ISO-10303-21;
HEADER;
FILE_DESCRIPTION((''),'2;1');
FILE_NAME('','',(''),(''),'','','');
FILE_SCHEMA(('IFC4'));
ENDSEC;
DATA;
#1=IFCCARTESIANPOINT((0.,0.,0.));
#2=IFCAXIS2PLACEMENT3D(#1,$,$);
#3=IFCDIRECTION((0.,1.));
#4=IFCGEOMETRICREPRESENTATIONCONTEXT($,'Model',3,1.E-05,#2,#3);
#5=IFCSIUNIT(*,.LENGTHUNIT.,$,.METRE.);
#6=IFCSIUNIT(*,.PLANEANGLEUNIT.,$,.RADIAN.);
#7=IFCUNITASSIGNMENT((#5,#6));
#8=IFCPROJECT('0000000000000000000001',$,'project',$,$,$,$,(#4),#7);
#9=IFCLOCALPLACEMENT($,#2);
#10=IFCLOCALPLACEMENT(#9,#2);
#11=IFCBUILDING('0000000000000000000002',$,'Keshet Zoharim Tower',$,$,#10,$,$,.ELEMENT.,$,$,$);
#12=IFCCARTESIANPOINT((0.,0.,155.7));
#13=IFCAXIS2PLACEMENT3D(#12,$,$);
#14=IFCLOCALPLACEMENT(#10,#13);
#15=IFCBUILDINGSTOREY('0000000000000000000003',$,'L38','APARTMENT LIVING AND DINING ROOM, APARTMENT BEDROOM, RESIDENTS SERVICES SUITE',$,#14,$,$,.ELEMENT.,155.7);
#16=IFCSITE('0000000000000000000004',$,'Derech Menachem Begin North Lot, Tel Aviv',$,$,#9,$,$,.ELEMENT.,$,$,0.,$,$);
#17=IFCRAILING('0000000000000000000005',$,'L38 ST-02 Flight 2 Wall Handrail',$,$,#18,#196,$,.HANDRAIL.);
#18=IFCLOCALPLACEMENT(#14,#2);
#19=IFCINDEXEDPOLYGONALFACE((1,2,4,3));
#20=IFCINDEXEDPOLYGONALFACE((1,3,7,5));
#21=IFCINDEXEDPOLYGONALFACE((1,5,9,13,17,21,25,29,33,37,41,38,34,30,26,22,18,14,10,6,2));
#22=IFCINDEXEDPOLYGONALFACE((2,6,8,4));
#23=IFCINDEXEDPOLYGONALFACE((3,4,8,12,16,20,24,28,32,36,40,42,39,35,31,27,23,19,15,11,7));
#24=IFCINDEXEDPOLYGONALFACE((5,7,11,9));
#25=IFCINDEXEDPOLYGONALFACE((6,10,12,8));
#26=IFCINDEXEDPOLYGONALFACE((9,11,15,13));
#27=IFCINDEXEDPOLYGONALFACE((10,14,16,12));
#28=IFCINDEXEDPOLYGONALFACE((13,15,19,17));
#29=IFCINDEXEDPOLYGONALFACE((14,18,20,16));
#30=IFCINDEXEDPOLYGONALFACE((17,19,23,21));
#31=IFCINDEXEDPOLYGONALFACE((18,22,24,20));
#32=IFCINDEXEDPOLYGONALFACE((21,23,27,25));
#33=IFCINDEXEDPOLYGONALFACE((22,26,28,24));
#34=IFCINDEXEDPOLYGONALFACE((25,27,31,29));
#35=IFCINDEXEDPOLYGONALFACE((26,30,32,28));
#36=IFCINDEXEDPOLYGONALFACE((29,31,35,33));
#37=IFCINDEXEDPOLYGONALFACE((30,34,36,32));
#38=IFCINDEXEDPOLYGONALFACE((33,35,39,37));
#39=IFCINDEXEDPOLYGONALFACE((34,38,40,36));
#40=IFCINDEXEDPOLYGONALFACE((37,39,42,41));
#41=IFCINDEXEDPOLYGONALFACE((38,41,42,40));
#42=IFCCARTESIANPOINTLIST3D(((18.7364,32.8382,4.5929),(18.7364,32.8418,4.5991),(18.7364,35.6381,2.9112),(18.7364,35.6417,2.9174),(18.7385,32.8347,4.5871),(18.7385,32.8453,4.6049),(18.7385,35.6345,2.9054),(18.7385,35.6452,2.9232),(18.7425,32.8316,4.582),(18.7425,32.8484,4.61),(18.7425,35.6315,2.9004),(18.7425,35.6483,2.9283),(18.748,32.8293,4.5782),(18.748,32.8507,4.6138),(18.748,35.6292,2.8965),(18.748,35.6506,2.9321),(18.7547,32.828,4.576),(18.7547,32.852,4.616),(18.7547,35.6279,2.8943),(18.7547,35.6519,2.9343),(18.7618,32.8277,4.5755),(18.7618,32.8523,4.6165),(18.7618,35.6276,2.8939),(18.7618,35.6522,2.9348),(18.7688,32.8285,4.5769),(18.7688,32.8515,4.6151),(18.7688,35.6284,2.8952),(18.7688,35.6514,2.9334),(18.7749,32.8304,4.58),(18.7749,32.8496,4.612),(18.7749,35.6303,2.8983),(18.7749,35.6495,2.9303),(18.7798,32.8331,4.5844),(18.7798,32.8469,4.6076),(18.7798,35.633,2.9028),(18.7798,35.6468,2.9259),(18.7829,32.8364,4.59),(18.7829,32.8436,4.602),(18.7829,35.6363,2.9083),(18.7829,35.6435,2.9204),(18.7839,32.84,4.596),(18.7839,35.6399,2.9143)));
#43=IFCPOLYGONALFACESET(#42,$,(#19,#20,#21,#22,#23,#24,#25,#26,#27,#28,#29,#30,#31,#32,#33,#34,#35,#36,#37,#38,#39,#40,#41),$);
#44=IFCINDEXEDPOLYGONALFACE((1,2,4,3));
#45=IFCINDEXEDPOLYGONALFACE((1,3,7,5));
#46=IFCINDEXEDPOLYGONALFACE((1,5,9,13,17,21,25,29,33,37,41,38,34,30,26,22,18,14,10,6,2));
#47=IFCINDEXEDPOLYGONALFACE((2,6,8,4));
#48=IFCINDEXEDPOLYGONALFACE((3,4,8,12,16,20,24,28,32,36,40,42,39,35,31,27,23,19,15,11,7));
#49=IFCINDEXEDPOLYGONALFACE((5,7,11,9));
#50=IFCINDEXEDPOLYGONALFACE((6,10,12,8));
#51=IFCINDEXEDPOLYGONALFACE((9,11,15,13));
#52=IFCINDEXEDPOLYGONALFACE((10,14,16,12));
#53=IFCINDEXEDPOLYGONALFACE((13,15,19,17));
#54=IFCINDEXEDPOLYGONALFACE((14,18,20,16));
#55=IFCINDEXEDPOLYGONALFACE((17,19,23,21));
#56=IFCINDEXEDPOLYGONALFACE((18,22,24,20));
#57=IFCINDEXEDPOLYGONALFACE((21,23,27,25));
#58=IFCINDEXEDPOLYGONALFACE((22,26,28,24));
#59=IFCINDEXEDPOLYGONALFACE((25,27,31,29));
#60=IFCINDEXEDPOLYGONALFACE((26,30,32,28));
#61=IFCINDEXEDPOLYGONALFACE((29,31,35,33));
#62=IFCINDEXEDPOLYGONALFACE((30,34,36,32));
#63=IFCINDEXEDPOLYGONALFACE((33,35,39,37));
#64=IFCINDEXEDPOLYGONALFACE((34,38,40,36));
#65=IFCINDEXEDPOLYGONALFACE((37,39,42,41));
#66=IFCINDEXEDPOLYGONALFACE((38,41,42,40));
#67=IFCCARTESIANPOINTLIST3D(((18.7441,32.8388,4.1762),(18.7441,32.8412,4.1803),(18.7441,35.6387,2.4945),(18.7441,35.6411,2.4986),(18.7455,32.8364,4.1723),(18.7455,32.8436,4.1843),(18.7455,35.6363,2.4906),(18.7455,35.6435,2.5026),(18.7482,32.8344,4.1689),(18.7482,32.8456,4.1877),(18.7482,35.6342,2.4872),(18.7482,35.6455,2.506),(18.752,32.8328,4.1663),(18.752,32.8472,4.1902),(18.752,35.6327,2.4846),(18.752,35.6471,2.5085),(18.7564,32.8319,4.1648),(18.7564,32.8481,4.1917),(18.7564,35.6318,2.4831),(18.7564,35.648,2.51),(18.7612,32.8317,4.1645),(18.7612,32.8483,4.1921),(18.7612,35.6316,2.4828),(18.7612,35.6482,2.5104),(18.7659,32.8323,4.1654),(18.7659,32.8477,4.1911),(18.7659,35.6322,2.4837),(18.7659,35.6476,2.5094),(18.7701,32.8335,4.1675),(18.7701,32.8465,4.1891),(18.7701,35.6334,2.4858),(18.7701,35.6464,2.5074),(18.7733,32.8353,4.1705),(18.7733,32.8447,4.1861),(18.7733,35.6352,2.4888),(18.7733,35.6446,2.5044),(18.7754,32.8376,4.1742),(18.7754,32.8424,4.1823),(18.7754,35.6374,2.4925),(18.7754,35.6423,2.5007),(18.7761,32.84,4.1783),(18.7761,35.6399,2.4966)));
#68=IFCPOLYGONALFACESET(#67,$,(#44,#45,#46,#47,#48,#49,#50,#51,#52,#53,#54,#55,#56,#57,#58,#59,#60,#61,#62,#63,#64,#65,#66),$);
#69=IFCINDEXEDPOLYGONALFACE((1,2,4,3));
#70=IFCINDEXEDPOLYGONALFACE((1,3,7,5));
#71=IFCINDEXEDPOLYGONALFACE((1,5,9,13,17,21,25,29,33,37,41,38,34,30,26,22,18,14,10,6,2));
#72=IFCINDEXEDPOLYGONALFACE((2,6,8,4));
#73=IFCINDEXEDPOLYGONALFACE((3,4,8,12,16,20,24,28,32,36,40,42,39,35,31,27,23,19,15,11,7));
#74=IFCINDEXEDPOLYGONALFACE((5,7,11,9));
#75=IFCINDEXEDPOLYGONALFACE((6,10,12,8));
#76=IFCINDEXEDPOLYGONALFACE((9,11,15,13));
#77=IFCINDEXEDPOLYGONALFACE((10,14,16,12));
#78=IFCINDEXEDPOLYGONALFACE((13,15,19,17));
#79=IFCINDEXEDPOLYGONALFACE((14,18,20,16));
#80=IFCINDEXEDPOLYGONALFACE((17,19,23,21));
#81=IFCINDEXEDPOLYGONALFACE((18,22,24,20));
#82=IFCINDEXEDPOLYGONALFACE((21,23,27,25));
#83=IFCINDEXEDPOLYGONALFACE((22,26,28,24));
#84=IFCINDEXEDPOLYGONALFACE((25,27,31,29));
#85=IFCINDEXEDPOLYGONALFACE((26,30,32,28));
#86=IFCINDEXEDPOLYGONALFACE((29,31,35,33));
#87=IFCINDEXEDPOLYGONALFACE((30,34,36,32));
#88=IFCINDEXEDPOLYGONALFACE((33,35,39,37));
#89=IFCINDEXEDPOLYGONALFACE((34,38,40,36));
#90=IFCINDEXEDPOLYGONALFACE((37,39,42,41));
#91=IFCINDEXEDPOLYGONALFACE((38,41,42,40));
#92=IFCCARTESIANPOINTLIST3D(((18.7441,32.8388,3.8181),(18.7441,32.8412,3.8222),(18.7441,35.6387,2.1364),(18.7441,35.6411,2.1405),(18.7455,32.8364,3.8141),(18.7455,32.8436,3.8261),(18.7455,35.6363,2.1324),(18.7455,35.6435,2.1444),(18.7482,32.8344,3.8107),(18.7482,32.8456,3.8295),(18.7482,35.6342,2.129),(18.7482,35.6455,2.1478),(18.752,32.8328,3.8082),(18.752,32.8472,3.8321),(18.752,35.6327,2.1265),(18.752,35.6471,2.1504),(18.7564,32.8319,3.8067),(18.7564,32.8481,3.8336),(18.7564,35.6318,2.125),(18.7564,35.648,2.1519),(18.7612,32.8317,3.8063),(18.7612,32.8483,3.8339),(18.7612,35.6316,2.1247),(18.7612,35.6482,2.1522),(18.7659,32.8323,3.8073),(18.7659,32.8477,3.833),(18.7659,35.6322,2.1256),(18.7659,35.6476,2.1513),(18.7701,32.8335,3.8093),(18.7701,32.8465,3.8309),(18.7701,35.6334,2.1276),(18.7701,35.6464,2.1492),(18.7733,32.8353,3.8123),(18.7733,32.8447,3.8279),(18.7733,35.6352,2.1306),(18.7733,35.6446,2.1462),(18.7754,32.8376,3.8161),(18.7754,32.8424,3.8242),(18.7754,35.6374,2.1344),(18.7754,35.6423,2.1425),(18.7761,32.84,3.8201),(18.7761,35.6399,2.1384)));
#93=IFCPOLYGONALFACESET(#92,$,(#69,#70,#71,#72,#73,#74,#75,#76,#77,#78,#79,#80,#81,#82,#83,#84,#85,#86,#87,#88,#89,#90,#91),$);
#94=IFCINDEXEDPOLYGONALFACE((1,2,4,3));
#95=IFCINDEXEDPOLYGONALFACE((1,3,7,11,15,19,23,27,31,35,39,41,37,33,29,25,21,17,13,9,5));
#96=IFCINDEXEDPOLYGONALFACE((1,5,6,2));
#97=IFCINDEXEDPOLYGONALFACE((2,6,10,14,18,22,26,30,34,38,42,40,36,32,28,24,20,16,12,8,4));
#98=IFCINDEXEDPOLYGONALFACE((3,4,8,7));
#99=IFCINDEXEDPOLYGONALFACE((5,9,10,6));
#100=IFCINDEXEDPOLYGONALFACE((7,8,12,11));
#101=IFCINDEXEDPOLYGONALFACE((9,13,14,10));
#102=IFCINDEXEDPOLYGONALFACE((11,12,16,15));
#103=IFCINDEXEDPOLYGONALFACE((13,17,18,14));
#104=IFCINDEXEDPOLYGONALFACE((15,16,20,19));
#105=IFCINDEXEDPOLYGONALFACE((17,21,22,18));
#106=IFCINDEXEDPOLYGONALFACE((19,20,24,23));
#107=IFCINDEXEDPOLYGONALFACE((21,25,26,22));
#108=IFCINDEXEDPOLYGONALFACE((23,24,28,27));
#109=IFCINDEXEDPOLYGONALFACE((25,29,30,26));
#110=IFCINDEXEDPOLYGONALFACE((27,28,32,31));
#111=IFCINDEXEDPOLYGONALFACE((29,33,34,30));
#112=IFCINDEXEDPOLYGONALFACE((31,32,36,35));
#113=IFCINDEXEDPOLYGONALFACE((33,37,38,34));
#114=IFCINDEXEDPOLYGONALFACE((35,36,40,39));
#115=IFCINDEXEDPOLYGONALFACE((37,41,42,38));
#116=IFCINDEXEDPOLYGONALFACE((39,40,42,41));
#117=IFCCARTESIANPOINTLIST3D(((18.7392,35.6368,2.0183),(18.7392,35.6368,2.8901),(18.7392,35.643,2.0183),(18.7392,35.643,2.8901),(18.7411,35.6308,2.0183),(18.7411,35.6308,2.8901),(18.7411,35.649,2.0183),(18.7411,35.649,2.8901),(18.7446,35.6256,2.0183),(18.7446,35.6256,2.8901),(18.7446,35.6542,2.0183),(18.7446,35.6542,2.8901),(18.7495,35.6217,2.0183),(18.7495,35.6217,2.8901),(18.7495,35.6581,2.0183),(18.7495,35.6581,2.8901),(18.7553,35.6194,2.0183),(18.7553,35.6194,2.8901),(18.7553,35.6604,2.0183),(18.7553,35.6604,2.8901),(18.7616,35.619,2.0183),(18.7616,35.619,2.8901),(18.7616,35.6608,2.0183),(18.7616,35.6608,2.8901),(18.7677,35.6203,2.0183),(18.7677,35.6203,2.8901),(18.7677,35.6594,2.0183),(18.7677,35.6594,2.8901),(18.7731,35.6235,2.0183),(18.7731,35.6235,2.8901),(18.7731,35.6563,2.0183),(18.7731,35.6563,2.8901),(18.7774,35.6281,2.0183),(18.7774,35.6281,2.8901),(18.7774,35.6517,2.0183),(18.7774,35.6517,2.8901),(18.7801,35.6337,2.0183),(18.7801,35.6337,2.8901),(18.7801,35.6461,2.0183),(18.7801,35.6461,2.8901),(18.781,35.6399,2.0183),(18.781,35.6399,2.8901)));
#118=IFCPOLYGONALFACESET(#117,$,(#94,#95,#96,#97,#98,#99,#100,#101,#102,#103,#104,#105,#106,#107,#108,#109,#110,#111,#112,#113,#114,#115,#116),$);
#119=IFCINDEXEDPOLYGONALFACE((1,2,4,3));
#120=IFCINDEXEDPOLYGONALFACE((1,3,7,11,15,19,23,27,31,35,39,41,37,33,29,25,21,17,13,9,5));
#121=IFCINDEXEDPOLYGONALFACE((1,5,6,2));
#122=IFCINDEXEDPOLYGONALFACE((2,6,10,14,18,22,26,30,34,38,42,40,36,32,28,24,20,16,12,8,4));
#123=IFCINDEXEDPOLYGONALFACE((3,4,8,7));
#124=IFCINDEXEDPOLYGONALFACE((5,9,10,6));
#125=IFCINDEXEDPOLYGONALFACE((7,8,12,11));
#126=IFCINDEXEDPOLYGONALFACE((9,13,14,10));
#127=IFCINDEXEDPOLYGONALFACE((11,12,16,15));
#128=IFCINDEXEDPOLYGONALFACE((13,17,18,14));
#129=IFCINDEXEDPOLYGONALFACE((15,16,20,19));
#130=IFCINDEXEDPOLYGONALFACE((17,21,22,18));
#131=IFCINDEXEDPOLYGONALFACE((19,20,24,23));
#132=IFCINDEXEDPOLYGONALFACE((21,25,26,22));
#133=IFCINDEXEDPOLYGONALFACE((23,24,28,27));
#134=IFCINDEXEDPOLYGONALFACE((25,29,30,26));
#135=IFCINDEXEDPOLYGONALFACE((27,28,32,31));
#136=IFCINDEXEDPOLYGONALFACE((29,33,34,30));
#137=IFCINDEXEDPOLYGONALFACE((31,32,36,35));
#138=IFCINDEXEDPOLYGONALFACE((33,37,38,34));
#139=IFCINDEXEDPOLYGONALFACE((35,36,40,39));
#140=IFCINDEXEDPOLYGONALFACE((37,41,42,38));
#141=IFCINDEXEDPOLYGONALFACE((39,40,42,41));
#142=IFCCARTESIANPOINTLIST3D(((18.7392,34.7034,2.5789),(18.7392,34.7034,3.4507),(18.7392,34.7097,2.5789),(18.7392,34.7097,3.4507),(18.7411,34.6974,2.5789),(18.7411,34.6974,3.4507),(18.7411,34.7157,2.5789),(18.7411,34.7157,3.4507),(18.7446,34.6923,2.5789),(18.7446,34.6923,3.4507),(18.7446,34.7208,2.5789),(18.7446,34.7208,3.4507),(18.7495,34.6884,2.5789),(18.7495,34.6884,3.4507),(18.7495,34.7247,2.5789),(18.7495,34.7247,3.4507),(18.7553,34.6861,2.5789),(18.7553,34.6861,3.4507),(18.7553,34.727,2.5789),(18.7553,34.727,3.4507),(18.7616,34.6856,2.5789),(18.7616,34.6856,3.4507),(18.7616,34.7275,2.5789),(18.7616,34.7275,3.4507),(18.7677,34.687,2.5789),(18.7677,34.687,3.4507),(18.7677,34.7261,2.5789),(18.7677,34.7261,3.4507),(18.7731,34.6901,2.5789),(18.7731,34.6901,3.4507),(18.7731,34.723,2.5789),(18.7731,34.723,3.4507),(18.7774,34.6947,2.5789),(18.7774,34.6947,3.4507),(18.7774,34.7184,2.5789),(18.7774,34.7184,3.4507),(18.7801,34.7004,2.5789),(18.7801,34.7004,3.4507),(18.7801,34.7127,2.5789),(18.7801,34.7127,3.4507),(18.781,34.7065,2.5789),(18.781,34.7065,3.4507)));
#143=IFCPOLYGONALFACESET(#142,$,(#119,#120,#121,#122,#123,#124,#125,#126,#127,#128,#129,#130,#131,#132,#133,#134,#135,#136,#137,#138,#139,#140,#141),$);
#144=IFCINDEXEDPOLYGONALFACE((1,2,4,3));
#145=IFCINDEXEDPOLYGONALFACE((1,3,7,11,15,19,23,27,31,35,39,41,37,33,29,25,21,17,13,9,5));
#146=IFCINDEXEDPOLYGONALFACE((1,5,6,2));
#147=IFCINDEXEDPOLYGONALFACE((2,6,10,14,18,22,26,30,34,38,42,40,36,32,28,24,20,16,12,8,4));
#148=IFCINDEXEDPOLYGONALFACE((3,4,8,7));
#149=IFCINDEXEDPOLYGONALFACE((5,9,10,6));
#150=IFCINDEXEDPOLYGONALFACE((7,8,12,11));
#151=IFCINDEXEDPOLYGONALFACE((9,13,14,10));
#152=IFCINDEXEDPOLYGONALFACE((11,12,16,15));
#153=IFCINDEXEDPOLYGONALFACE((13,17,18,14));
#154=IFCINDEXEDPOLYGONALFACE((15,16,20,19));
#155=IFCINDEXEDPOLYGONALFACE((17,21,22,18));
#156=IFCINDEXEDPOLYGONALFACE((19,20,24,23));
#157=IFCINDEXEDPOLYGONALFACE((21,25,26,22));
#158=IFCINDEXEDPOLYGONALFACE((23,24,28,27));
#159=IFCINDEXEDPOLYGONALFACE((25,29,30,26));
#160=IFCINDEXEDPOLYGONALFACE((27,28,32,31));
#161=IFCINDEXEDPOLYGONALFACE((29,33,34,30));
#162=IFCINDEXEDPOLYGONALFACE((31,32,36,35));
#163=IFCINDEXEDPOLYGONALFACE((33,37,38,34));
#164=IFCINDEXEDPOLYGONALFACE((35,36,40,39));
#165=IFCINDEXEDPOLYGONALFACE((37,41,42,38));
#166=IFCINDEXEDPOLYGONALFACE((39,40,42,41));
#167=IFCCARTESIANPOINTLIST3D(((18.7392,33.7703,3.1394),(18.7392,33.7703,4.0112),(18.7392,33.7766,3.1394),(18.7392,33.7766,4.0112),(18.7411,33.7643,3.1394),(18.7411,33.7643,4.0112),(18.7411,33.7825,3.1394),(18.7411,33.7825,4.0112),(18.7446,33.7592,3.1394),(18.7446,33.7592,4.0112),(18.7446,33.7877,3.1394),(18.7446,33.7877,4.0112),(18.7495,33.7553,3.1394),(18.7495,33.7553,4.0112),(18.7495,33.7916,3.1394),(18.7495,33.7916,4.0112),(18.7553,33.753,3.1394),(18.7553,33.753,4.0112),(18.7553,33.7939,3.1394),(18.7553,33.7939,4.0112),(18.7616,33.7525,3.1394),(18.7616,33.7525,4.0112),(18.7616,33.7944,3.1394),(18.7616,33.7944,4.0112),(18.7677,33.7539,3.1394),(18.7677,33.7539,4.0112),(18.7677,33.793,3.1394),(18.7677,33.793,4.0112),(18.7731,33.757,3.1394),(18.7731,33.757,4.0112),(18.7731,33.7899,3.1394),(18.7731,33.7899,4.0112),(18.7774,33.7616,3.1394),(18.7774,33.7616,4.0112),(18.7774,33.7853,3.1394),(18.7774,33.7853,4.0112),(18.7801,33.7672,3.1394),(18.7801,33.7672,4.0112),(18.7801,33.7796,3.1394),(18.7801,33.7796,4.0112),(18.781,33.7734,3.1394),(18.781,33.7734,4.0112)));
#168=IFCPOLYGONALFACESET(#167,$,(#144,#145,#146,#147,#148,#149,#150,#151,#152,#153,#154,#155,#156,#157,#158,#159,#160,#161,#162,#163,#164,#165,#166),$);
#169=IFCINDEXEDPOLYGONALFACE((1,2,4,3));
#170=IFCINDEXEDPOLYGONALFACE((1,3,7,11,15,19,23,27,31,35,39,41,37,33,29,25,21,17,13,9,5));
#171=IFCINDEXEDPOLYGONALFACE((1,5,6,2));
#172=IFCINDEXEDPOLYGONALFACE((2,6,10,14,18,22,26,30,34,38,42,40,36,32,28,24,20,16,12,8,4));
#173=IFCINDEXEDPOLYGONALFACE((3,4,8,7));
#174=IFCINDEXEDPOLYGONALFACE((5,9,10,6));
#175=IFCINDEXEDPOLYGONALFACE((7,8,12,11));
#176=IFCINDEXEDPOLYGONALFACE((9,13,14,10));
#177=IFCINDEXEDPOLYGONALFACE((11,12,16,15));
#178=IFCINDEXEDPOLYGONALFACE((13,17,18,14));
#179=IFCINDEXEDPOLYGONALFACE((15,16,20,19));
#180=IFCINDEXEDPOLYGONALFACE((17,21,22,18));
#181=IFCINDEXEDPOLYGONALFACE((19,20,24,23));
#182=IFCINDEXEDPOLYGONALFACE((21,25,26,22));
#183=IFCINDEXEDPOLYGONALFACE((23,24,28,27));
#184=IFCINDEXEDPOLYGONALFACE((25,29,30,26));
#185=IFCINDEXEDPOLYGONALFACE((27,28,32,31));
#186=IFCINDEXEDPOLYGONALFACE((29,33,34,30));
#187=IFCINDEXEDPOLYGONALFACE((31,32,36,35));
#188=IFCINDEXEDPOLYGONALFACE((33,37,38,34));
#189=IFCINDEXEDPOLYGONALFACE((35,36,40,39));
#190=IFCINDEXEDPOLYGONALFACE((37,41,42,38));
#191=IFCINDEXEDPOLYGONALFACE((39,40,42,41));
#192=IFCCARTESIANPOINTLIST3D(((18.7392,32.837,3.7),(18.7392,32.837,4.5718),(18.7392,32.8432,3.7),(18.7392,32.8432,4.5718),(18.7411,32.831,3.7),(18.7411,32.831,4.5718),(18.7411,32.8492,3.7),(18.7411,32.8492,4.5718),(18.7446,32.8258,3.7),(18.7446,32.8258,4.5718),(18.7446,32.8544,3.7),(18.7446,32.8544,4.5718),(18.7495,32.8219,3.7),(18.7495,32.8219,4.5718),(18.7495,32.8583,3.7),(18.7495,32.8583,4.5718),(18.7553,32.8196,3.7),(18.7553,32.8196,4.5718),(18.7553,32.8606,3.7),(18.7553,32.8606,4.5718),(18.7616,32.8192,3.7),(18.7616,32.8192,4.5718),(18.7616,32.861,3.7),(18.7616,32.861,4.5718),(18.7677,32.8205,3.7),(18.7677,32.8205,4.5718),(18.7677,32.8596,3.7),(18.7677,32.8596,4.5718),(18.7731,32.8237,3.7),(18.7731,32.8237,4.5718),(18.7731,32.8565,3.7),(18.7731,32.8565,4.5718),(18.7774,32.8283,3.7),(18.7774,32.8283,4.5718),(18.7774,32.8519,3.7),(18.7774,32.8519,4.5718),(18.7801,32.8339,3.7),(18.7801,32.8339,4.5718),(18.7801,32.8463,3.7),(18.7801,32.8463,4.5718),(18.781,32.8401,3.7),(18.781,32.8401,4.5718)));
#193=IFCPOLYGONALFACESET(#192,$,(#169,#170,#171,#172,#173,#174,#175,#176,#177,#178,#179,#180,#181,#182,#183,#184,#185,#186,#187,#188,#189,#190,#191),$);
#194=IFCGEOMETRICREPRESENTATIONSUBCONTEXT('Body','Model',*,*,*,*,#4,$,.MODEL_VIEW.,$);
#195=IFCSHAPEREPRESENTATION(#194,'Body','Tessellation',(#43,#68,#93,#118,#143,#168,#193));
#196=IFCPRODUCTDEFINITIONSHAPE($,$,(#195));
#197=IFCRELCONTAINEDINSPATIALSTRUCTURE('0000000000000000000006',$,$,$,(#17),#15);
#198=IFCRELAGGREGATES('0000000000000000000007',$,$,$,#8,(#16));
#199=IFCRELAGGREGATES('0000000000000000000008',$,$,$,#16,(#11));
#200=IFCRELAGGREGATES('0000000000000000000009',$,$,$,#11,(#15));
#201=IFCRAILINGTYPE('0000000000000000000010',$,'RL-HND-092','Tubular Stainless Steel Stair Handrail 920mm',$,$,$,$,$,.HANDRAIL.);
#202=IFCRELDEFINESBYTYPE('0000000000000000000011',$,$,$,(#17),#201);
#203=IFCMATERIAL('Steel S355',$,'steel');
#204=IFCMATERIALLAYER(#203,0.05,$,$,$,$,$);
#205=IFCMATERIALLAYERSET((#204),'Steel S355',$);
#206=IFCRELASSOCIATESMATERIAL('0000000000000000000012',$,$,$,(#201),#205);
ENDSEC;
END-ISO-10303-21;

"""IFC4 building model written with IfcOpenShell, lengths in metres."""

from ifc_helpers import new_model, si_unit, direction, frame, origin, origin_2d, place, context, subcontext, project, spatial, circle, extrude, material, layer, layer_set, type_object, element, save


model = new_model("IFC4")

# Units and contexts
model_context = context("Model", 3, precision=1e-05, world=origin(), true_north=direction((0.0, 1.0)))
body_context = subcontext(model_context, "Body", "Model", "MODEL_VIEW")
ifc_project = project(units=[si_unit("LENGTHUNIT", "METRE"), si_unit("PLANEANGLEUNIT", "RADIAN")], contexts=[model_context])

# Site, building, storey
site_placement = place(None, origin())
site = spatial("IfcSite", under=ifc_project, at=site_placement, Name="Derech Menachem Begin North Lot, Tel Aviv", CompositionType="ELEMENT", RefElevation=0.0)
building_placement = place(site_placement, origin())
building = spatial("IfcBuilding", under=site, at=building_placement, Name="Keshet Zoharim Tower", CompositionType="ELEMENT")
storey_placement = place(building_placement, frame((0.0, 0.0, 155.7)))
storey = spatial("IfcBuildingStorey", under=building, at=storey_placement, Name="L38", Description="APARTMENT LIVING AND DINING ROOM, APARTMENT BEDROOM, RESIDENTS SERVICES SUITE", CompositionType="ELEMENT", Elevation=155.7)

# Shared definitions
ifc_material_1 = material(Name="Steel S355", Category="steel")

# Railing
ifc_layer_1 = layer(ifc_material_1, 0.05)
ifc_layer_set_1 = layer_set([ifc_layer_1], Name="Steel S355")
railing_type = type_object("IfcRailingType", Name="RL-HND-092", Description="Tubular Stainless Steel Stair Handrail 920mm", PredefinedType="HANDRAIL", material=ifc_layer_set_1)
railing_placement = place(storey_placement, frame((18.76, 35.6399, 2.0183)))
element("IfcRailing", 1, at=railing_placement, inside=storey, type_object=railing_type, Name="L38 ST-02 Flight 2 Wall Handrail", PredefinedType="HANDRAIL", context=body_context, shape_type="SweptSolid", body=[
    extrude(circle(Radius=0.0239, at=origin_2d()), frame((0.0, 0.0, 0.896), z_axis=(0.0, -0.857255, 0.514891), x_axis=(1.0, 0.0, 0.0)), (0.0, 0.0, 1.0), 3.2661),
    extrude(circle(Radius=0.0161, at=origin_2d()), frame((0.0, 0.0, 0.4783), z_axis=(0.0, -0.857255, 0.514891), x_axis=(1.0, 0.0, 0.0)), (0.0, 0.0, 1.0), 3.2661),
    extrude(circle(Radius=0.0161, at=origin_2d()), frame((0.0, 0.0, 0.1201), z_axis=(0.0, -0.857255, 0.514891), x_axis=(1.0, 0.0, 0.0)), (0.0, 0.0, 1.0), 3.2661),
    extrude(circle(Radius=0.021, at=origin_2d()), origin(), (0.0, 0.0, 1.0), 0.8718),
    extrude(circle(Radius=0.021, at=origin_2d()), frame((0.0, -0.9333, 0.5605)), (0.0, 0.0, 1.0), 0.8718),
    extrude(circle(Radius=0.021, at=origin_2d()), frame((0.0, -1.8665, 1.1211)), (0.0, 0.0, 1.0), 0.8718),
    extrude(circle(Radius=0.021, at=origin_2d()), frame((0.0, -2.7998, 1.6816)), (0.0, 0.0, 1.0), 0.8718),
])

save(model, "model.ifc")
